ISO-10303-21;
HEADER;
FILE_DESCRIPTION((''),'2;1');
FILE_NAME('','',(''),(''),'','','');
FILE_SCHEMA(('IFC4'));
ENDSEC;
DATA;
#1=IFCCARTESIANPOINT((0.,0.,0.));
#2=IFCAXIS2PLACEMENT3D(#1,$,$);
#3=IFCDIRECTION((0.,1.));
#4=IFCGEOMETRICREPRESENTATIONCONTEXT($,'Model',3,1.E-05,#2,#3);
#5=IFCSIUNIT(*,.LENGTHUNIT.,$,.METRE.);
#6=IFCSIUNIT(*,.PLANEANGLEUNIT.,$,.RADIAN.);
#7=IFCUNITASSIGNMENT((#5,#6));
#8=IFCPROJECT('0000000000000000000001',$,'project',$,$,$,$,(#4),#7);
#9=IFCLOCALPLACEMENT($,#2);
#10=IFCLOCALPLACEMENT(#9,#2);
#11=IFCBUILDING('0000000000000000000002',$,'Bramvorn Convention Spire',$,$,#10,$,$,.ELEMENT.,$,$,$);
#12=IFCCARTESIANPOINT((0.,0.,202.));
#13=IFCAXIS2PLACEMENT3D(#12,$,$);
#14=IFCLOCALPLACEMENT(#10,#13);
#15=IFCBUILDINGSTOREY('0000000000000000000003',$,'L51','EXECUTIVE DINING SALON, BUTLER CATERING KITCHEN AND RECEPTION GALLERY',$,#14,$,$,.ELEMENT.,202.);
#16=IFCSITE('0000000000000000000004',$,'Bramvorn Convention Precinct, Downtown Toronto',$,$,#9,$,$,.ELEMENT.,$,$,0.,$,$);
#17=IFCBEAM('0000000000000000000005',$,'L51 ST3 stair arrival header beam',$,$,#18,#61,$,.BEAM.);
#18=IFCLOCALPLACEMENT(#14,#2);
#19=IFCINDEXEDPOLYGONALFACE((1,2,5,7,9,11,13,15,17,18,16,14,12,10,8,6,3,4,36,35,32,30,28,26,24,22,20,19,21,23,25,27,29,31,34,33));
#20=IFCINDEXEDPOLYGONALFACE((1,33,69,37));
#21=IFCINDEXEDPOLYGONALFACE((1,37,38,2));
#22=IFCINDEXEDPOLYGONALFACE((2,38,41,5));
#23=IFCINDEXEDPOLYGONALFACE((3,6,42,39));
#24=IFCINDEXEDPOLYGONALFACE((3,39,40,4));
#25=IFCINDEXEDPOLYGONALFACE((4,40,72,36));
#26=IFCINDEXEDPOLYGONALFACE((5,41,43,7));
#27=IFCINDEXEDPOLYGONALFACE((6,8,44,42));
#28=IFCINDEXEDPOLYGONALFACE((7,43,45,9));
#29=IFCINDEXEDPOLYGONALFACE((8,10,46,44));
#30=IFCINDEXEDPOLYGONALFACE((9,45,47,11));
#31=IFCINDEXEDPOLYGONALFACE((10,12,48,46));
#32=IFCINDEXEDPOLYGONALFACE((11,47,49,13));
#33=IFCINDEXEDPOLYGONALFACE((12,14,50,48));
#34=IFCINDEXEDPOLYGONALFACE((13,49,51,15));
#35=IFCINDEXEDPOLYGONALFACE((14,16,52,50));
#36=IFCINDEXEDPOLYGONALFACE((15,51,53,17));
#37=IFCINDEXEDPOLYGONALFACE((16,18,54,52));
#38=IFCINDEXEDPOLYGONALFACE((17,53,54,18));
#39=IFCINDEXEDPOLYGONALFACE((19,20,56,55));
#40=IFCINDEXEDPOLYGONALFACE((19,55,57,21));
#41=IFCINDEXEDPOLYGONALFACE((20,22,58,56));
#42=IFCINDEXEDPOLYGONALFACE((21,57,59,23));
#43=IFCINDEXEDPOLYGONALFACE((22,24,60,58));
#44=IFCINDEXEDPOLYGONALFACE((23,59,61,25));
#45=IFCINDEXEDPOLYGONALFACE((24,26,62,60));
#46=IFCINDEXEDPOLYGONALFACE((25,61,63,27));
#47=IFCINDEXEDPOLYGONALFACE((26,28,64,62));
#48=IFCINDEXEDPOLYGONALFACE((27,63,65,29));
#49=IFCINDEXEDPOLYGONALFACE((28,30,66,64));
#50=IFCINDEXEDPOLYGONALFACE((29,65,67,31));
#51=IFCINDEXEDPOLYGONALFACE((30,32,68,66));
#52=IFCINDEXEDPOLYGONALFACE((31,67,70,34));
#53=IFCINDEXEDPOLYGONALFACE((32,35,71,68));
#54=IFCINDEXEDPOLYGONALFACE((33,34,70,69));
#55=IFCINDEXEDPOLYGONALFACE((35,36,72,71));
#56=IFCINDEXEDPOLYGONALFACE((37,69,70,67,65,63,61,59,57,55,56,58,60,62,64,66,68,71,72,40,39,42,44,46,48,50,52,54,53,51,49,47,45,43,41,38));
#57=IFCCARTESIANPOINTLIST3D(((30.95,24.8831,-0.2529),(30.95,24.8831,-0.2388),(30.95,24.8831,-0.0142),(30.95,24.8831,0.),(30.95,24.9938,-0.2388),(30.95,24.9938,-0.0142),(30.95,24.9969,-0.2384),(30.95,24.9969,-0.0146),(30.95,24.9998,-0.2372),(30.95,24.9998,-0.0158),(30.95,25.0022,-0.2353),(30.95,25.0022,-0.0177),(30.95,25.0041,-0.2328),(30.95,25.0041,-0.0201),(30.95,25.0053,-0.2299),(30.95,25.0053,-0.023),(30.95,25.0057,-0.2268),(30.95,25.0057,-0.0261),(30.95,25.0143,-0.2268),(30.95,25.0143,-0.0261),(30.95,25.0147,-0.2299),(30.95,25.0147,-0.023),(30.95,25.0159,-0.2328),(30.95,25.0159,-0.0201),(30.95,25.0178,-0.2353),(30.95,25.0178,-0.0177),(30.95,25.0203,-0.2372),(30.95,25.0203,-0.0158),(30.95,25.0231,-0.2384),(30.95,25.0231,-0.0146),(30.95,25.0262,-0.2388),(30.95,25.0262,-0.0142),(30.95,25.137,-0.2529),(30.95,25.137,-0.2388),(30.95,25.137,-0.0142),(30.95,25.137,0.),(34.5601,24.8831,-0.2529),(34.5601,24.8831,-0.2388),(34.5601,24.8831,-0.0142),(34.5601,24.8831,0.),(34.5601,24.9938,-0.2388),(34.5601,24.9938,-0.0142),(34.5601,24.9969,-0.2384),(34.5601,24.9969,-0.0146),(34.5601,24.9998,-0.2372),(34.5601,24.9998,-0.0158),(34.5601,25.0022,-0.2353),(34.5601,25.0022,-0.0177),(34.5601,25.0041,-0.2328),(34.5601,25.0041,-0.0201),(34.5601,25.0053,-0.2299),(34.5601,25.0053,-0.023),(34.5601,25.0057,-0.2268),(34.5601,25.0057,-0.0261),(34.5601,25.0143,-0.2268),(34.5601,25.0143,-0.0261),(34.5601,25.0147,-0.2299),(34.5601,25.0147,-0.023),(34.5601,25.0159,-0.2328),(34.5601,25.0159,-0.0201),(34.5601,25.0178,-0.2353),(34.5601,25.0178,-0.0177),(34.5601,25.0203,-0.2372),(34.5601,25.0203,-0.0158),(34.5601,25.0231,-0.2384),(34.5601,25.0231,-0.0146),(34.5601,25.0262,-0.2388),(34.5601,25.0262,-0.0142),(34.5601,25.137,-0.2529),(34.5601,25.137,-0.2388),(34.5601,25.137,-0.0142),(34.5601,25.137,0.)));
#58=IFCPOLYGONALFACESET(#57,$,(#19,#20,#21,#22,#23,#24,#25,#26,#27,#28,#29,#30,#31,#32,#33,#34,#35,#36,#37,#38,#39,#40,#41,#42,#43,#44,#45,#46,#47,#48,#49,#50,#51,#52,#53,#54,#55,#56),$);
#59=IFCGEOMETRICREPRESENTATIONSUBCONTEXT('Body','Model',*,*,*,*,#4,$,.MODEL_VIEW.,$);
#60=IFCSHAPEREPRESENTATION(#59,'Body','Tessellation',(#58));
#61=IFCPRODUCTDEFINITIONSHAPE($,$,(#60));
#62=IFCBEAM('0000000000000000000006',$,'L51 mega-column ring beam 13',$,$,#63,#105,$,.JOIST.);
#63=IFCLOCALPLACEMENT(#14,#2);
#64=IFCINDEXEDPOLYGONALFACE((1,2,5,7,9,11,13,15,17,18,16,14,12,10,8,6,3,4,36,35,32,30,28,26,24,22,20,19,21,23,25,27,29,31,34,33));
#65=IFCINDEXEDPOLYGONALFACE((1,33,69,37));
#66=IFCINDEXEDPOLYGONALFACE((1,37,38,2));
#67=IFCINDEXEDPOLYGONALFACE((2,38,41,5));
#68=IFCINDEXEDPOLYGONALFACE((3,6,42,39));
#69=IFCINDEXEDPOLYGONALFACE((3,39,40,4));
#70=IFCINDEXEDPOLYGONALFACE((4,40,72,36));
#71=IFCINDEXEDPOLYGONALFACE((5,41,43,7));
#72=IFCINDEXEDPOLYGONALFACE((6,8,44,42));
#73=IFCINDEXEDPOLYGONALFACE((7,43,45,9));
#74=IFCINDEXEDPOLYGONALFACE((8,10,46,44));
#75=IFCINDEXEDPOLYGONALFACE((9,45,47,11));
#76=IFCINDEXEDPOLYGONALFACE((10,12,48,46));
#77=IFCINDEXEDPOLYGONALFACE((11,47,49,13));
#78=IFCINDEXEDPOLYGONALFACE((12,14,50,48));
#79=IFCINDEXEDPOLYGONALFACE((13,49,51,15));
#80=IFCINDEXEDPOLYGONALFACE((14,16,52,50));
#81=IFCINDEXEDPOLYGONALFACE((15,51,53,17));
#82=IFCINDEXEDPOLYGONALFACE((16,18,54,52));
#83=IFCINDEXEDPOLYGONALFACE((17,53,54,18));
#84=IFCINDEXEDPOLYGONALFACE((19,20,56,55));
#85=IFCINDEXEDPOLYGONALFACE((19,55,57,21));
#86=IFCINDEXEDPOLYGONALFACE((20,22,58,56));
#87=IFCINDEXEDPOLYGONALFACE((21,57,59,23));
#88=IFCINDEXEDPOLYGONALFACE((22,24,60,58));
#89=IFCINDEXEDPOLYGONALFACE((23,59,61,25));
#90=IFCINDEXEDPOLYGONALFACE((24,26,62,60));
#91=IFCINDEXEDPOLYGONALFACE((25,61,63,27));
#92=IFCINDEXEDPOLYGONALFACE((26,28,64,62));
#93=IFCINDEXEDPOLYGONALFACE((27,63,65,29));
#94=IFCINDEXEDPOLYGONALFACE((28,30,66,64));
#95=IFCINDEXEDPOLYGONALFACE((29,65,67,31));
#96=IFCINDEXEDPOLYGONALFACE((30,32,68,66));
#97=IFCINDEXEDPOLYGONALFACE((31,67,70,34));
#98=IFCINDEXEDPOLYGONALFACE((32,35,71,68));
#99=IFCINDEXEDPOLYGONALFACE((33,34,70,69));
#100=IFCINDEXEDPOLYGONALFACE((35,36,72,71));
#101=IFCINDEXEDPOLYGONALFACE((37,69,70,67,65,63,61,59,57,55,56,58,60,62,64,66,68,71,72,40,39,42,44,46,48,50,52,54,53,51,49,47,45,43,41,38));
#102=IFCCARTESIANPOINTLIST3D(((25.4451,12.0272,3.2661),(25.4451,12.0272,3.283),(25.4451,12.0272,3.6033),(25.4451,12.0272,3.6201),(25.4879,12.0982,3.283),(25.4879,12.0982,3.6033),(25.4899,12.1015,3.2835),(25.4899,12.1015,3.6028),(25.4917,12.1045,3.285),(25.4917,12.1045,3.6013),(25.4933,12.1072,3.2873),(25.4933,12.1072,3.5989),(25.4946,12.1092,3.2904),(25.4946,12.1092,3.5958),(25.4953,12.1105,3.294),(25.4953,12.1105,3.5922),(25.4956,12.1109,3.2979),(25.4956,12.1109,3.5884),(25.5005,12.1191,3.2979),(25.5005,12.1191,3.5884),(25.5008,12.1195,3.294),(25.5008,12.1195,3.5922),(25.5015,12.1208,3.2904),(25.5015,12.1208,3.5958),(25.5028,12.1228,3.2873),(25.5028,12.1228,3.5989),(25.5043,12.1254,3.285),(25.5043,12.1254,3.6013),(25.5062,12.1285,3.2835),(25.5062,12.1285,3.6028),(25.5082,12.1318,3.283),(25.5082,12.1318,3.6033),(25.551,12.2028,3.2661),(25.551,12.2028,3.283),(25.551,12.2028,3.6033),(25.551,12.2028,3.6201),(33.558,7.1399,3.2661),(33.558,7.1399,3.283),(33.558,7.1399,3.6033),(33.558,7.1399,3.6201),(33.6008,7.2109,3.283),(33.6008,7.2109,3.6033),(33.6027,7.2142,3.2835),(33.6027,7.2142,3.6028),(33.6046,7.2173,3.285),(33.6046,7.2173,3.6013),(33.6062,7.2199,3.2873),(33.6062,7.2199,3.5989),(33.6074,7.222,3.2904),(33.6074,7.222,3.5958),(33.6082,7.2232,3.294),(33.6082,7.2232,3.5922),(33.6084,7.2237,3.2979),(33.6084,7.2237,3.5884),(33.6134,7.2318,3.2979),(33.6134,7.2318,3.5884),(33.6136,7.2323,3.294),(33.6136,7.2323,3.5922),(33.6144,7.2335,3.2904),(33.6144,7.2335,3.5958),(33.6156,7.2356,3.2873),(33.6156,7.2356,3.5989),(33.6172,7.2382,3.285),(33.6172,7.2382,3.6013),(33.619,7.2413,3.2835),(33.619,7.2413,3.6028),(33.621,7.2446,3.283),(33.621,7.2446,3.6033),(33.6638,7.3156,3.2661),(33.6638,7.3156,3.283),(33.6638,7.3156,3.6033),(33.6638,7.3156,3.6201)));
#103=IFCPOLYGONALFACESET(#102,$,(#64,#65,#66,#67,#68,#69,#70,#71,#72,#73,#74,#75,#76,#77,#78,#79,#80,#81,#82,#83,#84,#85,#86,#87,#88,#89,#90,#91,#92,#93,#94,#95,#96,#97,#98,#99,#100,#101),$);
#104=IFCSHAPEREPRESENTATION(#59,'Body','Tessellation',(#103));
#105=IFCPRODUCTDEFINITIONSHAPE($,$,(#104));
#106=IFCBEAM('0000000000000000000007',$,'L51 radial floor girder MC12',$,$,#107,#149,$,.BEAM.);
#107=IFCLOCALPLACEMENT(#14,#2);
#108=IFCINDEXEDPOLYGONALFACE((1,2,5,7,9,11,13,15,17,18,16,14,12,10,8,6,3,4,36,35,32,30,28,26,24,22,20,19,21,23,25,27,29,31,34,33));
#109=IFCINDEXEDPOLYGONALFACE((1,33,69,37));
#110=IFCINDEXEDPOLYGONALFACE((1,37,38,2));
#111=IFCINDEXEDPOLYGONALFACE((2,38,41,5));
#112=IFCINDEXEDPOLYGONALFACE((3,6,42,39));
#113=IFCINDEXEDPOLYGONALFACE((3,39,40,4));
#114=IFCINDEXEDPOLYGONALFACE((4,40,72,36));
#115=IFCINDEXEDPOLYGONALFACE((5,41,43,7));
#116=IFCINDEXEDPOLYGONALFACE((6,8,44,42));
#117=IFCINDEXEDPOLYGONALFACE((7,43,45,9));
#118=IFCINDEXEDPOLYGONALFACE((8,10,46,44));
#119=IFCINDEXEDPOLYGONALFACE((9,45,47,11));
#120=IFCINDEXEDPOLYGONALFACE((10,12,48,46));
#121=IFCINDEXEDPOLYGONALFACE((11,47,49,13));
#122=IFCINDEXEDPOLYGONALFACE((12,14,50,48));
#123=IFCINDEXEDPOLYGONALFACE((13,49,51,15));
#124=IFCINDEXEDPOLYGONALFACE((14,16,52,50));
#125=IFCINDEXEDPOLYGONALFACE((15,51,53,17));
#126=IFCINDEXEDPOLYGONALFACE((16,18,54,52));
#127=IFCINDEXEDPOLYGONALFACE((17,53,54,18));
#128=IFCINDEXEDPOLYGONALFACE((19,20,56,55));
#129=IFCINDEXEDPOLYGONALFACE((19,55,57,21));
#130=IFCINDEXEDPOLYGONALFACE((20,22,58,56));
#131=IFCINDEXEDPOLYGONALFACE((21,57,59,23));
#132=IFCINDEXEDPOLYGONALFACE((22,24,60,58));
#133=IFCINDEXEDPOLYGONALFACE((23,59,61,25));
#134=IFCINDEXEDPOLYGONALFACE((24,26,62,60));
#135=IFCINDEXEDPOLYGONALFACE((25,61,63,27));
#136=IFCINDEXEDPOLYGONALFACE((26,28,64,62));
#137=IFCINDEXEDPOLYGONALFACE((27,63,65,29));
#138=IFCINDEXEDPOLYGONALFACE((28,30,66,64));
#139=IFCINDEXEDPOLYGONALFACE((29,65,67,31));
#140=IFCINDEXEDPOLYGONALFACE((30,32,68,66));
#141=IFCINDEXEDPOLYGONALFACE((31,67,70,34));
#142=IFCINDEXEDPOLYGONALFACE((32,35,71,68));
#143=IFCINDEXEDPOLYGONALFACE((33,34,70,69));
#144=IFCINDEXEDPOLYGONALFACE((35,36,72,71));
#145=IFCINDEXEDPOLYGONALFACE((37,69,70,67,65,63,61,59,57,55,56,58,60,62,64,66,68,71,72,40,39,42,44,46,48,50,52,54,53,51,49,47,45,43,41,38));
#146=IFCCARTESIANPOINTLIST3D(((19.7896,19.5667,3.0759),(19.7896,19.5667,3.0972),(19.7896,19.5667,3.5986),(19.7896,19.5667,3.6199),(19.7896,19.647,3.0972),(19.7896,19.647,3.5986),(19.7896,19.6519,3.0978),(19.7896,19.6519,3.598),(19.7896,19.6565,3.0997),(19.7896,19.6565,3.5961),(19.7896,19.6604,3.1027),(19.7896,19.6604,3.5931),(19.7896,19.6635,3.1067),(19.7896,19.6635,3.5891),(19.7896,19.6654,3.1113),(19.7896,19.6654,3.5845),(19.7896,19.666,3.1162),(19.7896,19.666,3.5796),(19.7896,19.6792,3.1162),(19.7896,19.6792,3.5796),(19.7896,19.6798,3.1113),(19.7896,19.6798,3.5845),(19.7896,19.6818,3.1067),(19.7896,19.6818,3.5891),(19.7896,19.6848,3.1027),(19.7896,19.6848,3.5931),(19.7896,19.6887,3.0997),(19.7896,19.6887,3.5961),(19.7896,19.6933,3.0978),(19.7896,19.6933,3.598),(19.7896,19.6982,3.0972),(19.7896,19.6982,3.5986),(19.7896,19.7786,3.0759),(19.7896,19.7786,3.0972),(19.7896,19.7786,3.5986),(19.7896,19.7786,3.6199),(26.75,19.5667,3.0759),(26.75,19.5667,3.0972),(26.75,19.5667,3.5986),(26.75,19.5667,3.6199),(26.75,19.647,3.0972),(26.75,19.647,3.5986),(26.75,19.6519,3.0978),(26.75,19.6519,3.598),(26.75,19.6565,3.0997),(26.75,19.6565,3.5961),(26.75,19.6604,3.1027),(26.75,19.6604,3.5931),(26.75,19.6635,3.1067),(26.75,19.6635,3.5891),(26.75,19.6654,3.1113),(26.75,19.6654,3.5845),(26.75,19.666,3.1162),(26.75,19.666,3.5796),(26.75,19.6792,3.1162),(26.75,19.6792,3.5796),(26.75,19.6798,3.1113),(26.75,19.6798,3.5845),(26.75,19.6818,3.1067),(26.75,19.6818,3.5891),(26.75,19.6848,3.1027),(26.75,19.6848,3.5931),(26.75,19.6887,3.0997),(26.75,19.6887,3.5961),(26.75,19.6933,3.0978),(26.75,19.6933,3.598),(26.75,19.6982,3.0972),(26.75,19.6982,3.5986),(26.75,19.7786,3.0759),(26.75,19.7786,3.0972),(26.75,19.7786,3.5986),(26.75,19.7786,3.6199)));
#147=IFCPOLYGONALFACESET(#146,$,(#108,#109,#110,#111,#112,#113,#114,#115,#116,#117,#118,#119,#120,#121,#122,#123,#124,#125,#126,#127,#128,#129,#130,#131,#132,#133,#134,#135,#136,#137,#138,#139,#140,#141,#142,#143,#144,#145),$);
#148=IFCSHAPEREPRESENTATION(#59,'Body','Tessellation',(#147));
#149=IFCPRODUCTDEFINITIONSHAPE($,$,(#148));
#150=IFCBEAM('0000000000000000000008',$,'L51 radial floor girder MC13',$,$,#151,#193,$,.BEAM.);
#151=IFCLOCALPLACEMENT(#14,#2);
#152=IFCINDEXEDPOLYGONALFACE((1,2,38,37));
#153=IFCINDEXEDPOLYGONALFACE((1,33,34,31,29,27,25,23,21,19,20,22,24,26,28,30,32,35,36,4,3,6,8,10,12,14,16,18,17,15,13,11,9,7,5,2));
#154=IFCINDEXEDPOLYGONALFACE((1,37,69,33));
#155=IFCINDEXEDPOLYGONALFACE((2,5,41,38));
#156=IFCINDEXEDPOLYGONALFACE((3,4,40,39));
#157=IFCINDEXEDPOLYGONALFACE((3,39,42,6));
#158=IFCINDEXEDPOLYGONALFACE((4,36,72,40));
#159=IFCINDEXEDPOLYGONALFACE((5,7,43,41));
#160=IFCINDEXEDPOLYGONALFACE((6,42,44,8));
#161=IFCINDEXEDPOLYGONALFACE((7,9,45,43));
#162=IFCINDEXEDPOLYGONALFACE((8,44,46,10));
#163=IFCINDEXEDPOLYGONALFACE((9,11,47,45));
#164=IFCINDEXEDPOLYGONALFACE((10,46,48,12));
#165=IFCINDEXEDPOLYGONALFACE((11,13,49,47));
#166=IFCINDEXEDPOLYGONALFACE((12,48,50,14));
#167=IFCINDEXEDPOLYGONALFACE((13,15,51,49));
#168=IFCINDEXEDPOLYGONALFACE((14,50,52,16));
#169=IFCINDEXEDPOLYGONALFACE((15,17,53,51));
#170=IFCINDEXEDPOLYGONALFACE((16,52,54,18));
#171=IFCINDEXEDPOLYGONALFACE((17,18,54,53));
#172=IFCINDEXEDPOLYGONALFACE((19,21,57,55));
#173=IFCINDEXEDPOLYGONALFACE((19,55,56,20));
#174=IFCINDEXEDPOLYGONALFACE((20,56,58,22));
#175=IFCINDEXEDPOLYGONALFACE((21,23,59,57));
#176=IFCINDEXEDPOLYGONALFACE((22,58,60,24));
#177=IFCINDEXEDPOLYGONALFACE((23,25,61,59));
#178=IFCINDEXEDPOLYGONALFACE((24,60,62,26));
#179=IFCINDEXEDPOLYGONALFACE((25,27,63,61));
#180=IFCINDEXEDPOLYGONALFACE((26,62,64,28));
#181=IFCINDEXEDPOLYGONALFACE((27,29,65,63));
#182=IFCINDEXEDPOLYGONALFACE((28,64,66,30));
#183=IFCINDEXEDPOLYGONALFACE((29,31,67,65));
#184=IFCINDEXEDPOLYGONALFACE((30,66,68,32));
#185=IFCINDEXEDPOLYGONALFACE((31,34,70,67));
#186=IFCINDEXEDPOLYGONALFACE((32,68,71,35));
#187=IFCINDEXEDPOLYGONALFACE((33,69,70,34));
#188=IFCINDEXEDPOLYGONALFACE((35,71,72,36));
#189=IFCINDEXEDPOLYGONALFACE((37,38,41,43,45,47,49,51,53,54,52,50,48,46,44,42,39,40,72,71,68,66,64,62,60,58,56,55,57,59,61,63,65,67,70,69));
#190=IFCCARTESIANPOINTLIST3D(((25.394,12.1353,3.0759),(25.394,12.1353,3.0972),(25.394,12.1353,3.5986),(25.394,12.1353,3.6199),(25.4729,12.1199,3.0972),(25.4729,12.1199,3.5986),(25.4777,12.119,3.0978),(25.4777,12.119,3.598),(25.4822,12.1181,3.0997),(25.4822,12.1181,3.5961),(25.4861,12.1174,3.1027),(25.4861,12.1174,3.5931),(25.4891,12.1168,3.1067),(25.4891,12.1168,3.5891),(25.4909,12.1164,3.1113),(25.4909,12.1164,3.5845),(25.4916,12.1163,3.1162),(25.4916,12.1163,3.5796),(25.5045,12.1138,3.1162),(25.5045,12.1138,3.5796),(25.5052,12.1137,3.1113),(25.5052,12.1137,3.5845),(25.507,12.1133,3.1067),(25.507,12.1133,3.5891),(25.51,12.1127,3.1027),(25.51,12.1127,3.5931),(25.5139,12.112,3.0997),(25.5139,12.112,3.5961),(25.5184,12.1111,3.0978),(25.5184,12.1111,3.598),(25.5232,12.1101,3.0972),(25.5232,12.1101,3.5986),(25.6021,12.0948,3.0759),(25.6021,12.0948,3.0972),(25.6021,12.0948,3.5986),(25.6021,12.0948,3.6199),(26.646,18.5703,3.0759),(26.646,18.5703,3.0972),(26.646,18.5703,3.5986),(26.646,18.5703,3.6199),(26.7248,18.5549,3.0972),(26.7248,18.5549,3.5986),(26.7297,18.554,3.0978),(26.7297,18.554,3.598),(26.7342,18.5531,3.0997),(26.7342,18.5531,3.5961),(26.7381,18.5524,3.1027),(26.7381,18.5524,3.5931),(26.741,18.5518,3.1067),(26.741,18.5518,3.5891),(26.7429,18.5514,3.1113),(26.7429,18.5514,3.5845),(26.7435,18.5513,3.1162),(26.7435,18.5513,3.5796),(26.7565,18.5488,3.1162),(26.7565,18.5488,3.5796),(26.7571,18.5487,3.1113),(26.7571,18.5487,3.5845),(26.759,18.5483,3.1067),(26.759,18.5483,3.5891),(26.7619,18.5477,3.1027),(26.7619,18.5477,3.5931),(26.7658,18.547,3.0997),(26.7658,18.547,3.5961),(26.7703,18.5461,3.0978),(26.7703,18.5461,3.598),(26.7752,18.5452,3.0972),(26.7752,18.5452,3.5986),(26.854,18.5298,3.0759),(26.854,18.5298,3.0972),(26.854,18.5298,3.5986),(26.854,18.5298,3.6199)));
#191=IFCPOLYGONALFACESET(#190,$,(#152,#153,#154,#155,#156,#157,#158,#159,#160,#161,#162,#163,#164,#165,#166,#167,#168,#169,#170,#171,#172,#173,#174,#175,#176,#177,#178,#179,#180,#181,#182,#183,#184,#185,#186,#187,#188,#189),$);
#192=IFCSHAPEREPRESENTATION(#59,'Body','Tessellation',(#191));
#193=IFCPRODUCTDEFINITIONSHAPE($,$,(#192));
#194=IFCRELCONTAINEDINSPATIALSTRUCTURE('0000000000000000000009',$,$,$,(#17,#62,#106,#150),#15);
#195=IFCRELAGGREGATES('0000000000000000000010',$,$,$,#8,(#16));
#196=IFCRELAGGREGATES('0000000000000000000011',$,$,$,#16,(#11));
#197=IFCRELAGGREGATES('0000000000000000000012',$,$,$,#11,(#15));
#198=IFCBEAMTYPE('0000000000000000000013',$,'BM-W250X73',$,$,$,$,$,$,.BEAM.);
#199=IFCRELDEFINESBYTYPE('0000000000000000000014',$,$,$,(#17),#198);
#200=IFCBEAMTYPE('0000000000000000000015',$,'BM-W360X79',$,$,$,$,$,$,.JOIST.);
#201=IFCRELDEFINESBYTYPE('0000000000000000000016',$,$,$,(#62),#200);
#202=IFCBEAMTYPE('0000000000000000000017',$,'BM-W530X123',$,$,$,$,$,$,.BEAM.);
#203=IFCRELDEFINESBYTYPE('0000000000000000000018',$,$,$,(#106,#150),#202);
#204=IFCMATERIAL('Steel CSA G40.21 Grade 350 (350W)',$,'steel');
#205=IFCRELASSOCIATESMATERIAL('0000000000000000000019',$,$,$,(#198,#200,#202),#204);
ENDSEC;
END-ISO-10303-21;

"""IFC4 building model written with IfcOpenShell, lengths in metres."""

from ifc_helpers import new_model, si_unit, direction, frame, origin, origin_2d, place, context, subcontext, project, spatial, i_section, extrude, material, material_profile, profile_set, type_object, element, save


model = new_model("IFC4")

# Units and contexts
model_context = context("Model", 3, precision=1e-05, world=origin(), true_north=direction((0.0, 1.0)))
body_context = subcontext(model_context, "Body", "Model", "MODEL_VIEW")
ifc_project = project(units=[si_unit("LENGTHUNIT", "METRE"), si_unit("PLANEANGLEUNIT", "RADIAN")], contexts=[model_context])

# Site, building, storey
site_placement = place(None, origin())
site = spatial("IfcSite", under=ifc_project, at=site_placement, Name="Bramvorn Convention Precinct, Downtown Toronto", CompositionType="ELEMENT", RefElevation=0.0)
building_placement = place(site_placement, origin())
building = spatial("IfcBuilding", under=site, at=building_placement, Name="Bramvorn Convention Spire", CompositionType="ELEMENT")
storey_placement = place(building_placement, frame((0.0, 0.0, 202.0)))
storey = spatial("IfcBuildingStorey", under=building, at=storey_placement, Name="L51", Description="EXECUTIVE DINING SALON, BUTLER CATERING KITCHEN AND RECEPTION GALLERY", CompositionType="ELEMENT", Elevation=202.0)

# Shared definitions
ifc_material_1 = material(Name="Steel CSA G40.21 Grade 350 (350W)", Category="steel")

# Beams
ifc_material_profile_1 = material_profile(ifc_material_1, i_section(OverallWidth=0.2539, OverallDepth=0.2529, WebThickness=0.0085, FlangeThickness=0.0142, FilletRadius=0.012, at=origin_2d()))
ifc_profile_set_1 = profile_set([ifc_material_profile_1], Name="Steel CSA G40.21 Grade 350 (350W) - W250X73")
beam_type_1 = type_object("IfcBeamType", Name="BM-W250X73", PredefinedType="BEAM", material=ifc_profile_set_1)
beam_1_placement = place(storey_placement, frame((30.95, 25.01, -0.1265), z_axis=(1.0, 0.0, 0.0), x_axis=(0.0, 1.0, 0.0)))
element("IfcBeam", 1, at=beam_1_placement, inside=storey, type_object=beam_type_1, Name="L51 ST3 stair arrival header beam", PredefinedType="BEAM", context=body_context, shape_type="SweptSolid", body=[
    extrude(i_section(OverallWidth=0.2539, OverallDepth=0.2529, WebThickness=0.0085, FlangeThickness=0.0142, FilletRadius=0.012, at=origin_2d()), origin(), (0.0, 0.0, 1.0), 3.6101),
])
ifc_material_profile_2 = material_profile(ifc_material_1, i_section(OverallWidth=0.2051, OverallDepth=0.354, WebThickness=0.0095, FlangeThickness=0.0168, FilletRadius=0.0149, at=origin_2d()))
ifc_profile_set_2 = profile_set([ifc_material_profile_2], Name="Steel CSA G40.21 Grade 350 (350W) - W360X79")
beam_type_2 = type_object("IfcBeamType", Name="BM-W360X79", PredefinedType="JOIST", material=ifc_profile_set_2)
beam_2_placement = place(storey_placement, frame((25.498, 12.115, 3.4431), z_axis=(0.856582, -0.516011, 0.0), x_axis=(0.516011, 0.856582, 0.0)))
element("IfcBeam", 2, at=beam_2_placement, inside=storey, type_object=beam_type_2, Name="L51 mega-column ring beam 13", PredefinedType="JOIST", context=body_context, shape_type="SweptSolid", body=[
    extrude(i_section(OverallWidth=0.2051, OverallDepth=0.354, WebThickness=0.0095, FlangeThickness=0.0168, FilletRadius=0.0149, at=origin_2d()), origin(), (0.0, 0.0, 1.0), 9.4712),
])
ifc_material_profile_3 = material_profile(ifc_material_1, i_section(OverallWidth=0.2119, OverallDepth=0.5439, WebThickness=0.0132, FlangeThickness=0.0212, FilletRadius=0.019, at=origin_2d()))
ifc_profile_set_3 = profile_set([ifc_material_profile_3], Name="Steel CSA G40.21 Grade 350 (350W) - W530X123")
beam_type_3 = type_object("IfcBeamType", Name="BM-W530X123", PredefinedType="BEAM", material=ifc_profile_set_3)
beam_3_placement = place(storey_placement, frame((26.75, 19.6726, 3.3479), z_axis=(-1.0, 0.0, 0.0), x_axis=(0.0, -1.0, 0.0)))
element("IfcBeam", 3, at=beam_3_placement, inside=storey, type_object=beam_type_3, Name="L51 radial floor girder MC12", PredefinedType="BEAM", context=body_context, shape_type="SweptSolid", body=[
    extrude(i_section(OverallWidth=0.2119, OverallDepth=0.5439, WebThickness=0.0132, FlangeThickness=0.0212, FilletRadius=0.019, at=origin_2d()), origin(), (0.0, 0.0, 1.0), 6.9604),
])
beam_4_placement = place(storey_placement, frame((26.75, 18.55, 3.3479), z_axis=(-0.190971, -0.981596, 0.0), x_axis=(0.981596, -0.190971, 0.0)))
element("IfcBeam", 4, at=beam_4_placement, inside=storey, type_object=beam_type_3, Name="L51 radial floor girder MC13", PredefinedType="BEAM", context=body_context, shape_type="SweptSolid", body=[
    extrude(i_section(OverallWidth=0.2119, OverallDepth=0.5439, WebThickness=0.0132, FlangeThickness=0.0212, FilletRadius=0.019, at=origin_2d()), origin(), (0.0, 0.0, 1.0), 6.5557),
])

save(model, "model.ifc")
